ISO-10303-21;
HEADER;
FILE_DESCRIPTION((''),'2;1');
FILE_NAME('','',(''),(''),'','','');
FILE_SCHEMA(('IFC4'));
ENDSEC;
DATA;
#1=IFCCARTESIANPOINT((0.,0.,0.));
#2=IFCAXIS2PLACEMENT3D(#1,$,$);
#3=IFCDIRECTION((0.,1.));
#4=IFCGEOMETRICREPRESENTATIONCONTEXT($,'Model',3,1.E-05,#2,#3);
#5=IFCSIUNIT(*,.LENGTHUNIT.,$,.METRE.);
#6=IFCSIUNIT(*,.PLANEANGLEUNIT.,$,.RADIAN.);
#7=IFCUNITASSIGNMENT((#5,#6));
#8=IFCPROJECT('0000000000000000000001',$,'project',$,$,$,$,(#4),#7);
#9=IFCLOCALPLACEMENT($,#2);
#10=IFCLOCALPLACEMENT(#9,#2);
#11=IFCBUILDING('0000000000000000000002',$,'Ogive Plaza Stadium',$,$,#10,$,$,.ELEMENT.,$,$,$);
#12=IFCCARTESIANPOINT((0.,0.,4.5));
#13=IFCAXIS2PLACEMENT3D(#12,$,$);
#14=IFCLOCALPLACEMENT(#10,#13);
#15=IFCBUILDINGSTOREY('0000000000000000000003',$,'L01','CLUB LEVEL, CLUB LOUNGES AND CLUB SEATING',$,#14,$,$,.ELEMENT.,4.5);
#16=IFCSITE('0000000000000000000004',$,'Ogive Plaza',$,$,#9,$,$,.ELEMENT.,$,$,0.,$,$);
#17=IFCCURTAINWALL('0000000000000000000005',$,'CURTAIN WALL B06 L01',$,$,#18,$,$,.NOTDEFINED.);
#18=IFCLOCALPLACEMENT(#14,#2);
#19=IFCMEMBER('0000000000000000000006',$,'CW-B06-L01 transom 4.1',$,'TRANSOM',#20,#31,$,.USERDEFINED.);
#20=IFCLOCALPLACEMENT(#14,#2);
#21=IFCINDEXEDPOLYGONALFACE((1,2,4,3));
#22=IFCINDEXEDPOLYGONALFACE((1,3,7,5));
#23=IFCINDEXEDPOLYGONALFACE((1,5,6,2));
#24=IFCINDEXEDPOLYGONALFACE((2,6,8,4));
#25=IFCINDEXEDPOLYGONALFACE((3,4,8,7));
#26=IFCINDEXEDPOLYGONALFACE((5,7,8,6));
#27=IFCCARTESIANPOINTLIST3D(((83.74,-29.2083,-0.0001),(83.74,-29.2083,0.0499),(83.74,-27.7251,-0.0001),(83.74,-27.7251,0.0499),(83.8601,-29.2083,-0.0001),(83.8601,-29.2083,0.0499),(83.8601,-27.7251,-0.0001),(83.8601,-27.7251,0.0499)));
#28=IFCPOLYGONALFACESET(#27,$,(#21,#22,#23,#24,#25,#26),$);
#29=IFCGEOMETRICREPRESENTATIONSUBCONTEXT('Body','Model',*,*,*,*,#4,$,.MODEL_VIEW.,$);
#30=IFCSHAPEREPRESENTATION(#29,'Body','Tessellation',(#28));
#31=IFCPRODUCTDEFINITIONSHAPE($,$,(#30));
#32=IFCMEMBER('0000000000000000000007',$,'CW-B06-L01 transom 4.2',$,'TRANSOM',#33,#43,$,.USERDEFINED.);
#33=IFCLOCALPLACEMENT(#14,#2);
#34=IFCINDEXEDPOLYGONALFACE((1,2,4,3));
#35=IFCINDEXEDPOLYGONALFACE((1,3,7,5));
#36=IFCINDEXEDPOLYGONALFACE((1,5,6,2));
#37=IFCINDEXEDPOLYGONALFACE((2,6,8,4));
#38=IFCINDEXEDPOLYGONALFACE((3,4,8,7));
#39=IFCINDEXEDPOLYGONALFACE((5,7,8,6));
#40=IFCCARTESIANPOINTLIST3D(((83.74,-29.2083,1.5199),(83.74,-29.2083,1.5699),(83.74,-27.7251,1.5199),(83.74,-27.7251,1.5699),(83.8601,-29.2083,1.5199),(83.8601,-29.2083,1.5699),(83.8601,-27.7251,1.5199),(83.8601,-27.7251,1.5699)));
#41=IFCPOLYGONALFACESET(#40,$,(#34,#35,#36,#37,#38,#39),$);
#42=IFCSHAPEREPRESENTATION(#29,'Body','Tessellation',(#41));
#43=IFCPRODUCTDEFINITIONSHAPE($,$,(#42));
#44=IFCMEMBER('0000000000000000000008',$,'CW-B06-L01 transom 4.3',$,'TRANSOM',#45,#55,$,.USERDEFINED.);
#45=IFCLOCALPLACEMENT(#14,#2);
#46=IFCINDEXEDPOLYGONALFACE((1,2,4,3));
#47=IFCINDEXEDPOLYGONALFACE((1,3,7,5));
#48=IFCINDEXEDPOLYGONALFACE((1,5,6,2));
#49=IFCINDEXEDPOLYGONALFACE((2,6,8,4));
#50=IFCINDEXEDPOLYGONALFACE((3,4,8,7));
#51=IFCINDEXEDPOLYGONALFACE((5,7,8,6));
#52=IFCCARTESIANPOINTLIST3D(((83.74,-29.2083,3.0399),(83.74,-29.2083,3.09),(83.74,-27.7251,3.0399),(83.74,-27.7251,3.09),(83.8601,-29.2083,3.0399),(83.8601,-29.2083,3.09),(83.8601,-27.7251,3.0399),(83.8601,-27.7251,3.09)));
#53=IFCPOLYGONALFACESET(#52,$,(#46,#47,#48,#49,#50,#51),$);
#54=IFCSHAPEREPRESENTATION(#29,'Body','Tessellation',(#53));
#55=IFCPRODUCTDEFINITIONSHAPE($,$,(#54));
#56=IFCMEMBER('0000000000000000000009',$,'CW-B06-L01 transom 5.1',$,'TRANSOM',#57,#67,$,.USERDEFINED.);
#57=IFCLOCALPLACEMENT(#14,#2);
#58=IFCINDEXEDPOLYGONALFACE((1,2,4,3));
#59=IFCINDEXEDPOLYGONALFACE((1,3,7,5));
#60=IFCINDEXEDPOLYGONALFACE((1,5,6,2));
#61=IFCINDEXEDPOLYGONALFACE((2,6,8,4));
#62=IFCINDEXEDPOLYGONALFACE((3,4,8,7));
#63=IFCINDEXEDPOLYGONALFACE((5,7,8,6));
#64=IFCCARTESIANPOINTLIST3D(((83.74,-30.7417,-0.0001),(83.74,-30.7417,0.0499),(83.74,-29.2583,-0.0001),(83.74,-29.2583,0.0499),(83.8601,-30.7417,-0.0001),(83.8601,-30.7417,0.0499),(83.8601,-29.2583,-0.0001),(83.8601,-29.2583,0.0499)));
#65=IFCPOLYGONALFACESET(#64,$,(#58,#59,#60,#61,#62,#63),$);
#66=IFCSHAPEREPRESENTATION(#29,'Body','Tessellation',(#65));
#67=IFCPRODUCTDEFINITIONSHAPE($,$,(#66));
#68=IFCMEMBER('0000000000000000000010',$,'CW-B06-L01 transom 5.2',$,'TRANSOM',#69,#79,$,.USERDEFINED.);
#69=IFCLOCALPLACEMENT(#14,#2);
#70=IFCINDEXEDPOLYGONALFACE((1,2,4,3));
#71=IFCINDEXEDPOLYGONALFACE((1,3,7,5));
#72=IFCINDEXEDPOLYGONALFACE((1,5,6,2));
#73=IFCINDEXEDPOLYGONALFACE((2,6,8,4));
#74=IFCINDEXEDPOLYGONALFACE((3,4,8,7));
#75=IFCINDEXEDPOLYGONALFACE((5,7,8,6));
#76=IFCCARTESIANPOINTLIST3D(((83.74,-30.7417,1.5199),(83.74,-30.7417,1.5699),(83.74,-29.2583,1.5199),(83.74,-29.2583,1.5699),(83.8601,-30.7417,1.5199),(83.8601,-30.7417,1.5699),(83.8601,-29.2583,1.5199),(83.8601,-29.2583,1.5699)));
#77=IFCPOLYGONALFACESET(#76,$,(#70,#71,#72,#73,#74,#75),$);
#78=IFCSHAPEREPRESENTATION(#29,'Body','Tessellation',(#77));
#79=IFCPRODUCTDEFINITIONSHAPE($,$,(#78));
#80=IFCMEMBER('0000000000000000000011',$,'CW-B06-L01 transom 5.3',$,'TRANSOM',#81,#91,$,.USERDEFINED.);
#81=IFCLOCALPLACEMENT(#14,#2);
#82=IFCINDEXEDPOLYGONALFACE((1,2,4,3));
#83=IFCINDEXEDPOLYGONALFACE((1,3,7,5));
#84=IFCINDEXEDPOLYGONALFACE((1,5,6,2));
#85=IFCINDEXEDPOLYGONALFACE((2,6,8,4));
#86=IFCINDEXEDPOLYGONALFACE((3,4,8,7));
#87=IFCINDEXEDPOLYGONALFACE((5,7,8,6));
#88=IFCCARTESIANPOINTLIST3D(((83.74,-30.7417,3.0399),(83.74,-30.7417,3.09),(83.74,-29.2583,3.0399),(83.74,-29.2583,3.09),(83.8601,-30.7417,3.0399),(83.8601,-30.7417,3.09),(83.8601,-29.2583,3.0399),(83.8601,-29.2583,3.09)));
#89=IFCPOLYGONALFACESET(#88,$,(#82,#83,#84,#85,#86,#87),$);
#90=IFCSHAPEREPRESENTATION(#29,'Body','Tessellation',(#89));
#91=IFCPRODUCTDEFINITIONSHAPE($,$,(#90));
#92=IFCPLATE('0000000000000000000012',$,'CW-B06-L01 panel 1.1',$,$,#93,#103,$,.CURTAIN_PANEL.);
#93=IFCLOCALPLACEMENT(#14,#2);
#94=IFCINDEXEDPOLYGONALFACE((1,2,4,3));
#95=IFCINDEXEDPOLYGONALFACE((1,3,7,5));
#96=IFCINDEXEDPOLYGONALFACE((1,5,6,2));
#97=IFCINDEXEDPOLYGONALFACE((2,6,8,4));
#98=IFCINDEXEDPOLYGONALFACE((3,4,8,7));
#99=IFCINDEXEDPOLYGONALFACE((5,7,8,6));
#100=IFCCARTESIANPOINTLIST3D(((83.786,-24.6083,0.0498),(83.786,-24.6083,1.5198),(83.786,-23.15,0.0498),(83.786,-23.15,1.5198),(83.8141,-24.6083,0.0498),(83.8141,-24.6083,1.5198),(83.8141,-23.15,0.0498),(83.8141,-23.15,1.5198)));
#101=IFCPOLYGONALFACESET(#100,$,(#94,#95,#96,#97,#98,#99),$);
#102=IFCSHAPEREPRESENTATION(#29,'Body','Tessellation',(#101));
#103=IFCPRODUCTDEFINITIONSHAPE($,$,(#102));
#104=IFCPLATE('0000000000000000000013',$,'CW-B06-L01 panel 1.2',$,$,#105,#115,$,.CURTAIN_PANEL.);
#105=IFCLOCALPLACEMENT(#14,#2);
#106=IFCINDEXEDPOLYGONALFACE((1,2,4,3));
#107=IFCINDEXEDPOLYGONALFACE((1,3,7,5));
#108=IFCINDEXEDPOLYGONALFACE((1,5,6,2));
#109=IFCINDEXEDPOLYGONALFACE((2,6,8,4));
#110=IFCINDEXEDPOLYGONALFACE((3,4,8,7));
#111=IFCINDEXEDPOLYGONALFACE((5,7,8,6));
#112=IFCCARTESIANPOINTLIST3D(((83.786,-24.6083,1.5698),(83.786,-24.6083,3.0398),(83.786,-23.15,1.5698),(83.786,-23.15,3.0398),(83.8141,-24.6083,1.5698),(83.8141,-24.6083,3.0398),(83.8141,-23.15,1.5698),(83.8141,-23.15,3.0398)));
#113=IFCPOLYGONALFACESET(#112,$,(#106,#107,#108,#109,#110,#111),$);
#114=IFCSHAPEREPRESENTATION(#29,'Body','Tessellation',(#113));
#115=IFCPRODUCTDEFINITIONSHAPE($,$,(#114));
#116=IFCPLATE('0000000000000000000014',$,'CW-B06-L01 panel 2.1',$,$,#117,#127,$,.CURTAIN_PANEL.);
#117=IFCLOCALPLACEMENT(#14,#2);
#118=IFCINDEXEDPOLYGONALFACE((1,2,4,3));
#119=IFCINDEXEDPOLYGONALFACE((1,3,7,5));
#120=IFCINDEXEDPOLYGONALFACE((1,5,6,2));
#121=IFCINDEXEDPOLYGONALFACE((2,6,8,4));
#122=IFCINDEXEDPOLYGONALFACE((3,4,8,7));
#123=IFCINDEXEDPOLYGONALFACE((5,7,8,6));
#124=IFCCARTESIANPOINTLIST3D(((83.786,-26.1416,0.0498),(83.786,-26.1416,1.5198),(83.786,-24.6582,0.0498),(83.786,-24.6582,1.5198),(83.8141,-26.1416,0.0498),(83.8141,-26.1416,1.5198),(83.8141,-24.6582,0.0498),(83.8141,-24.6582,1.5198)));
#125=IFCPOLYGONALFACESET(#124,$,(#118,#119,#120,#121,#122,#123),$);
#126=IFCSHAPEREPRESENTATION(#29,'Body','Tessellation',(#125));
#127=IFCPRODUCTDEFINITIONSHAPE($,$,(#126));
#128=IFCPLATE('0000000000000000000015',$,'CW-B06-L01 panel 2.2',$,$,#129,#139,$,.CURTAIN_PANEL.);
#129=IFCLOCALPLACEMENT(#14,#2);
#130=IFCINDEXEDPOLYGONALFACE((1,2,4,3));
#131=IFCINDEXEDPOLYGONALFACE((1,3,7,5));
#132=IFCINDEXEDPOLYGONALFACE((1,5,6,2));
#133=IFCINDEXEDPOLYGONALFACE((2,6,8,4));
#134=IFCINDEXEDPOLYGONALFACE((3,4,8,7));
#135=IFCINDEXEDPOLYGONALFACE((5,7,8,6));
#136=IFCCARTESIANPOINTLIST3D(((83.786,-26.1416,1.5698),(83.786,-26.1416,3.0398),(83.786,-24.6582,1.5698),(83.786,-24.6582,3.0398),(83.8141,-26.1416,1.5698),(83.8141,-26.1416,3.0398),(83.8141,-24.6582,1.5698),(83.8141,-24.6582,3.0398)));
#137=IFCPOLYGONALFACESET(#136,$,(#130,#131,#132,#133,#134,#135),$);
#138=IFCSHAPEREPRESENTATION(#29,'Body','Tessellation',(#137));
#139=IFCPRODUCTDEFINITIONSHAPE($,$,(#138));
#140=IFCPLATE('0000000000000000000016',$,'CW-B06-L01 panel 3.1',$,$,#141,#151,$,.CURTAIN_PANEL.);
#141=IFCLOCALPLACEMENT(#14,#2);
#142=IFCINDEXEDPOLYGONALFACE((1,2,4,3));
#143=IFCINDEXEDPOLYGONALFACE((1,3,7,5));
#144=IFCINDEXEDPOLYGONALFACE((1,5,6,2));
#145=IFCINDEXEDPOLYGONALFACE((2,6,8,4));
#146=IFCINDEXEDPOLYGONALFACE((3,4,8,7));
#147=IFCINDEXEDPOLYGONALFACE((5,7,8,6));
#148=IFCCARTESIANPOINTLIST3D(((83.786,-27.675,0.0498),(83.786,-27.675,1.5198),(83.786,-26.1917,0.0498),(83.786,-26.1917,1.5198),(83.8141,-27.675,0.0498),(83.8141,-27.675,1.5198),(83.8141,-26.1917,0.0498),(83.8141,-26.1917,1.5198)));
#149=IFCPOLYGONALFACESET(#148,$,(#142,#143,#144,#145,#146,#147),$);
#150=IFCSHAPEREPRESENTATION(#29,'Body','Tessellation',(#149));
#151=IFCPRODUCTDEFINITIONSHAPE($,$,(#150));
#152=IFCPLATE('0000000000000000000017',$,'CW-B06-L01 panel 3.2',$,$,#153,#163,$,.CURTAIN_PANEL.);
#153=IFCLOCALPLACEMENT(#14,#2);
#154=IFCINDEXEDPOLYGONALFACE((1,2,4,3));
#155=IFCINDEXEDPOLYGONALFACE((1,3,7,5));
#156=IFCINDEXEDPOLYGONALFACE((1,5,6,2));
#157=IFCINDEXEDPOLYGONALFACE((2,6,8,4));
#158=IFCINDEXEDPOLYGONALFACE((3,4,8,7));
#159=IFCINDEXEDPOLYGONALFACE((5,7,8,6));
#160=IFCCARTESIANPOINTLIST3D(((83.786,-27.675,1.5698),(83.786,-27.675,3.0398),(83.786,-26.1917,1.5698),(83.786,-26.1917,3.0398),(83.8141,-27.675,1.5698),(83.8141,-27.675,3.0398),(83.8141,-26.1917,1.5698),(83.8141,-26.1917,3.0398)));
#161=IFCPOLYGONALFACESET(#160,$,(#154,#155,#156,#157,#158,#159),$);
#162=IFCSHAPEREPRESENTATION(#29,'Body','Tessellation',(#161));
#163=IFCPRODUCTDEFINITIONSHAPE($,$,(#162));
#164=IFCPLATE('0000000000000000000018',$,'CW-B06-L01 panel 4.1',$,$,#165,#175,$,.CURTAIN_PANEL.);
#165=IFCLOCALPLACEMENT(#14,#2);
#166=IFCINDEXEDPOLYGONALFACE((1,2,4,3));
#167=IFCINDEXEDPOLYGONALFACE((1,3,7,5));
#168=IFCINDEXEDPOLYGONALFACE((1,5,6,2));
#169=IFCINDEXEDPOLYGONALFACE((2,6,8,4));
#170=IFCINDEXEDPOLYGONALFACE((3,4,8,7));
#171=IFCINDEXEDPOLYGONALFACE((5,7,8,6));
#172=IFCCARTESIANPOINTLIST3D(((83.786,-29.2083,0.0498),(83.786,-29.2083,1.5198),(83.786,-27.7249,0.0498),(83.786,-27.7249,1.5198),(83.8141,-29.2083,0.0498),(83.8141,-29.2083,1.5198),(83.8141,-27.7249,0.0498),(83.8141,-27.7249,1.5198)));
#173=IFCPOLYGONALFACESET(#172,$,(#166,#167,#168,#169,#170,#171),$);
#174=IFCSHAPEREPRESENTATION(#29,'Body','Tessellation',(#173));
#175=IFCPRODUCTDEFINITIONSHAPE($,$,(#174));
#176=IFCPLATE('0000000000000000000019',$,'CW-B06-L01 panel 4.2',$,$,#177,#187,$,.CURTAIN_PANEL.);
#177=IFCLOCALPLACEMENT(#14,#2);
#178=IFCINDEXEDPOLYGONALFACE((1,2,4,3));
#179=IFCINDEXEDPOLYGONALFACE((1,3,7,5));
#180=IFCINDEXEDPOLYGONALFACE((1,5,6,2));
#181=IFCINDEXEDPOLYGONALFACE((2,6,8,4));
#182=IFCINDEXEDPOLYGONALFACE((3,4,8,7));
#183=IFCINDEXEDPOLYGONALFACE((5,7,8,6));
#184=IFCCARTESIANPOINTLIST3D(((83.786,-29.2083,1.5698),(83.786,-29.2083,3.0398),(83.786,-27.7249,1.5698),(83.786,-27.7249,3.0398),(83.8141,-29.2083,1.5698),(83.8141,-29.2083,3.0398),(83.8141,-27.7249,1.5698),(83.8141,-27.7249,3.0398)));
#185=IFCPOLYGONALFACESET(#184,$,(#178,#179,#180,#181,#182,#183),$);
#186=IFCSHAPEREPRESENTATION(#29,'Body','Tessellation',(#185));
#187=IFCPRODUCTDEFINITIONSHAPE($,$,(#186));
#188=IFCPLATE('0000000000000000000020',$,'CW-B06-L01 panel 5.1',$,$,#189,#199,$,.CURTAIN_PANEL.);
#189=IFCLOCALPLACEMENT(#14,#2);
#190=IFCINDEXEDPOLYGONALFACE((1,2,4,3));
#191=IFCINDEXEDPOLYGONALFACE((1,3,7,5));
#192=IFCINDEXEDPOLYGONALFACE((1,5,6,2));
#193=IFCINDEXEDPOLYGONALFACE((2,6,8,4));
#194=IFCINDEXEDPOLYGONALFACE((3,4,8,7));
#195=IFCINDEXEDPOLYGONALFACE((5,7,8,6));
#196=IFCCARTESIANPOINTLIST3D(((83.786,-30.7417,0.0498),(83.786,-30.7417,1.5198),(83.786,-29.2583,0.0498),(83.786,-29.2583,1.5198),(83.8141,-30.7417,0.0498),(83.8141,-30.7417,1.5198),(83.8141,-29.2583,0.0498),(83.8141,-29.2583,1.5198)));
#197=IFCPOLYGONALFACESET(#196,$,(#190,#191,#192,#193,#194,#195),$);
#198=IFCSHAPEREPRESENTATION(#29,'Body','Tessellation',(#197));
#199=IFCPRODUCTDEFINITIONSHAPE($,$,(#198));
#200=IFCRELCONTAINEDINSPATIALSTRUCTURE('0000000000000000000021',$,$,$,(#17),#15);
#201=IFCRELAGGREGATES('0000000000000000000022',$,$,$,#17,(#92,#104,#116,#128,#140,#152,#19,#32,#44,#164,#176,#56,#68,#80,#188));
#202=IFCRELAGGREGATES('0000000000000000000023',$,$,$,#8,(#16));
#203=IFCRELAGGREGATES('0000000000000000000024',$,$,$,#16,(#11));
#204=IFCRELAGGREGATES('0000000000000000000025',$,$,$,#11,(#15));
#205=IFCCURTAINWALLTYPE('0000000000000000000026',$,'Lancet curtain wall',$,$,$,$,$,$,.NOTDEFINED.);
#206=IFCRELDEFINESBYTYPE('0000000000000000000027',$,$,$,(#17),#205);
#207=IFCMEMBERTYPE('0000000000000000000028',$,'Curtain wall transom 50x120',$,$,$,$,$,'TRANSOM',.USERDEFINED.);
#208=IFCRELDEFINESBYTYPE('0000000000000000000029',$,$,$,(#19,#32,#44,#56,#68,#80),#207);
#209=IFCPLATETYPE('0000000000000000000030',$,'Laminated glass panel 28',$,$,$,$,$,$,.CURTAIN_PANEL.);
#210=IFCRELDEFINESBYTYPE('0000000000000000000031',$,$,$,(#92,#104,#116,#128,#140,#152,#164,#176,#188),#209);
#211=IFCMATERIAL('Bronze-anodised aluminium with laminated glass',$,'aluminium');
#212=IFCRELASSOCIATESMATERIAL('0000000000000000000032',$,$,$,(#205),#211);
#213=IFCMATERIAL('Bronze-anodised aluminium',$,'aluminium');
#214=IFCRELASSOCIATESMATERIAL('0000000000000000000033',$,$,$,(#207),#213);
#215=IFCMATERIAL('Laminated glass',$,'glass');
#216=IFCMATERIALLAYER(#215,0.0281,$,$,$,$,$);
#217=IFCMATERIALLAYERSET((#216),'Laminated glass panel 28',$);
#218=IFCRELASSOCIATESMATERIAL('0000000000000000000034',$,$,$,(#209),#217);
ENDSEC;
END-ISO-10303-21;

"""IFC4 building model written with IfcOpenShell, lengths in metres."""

from ifc_helpers import new_model, si_unit, direction, frame, origin, origin_2d, place, context, subcontext, project, spatial, rectangle, extrude, material, layer, layer_set, material_profile, profile_set, type_object, element, aggregate, save


model = new_model("IFC4")

# Units and contexts
model_context = context("Model", 3, precision=1e-05, world=origin(), true_north=direction((0.0, 1.0)))
body_context = subcontext(model_context, "Body", "Model", "MODEL_VIEW")
ifc_project = project(units=[si_unit("LENGTHUNIT", "METRE"), si_unit("PLANEANGLEUNIT", "RADIAN")], contexts=[model_context])

# Site, building, storey
site_placement = place(None, origin())
site = spatial("IfcSite", under=ifc_project, at=site_placement, Name="Ogive Plaza", CompositionType="ELEMENT", RefElevation=0.0)
building_placement = place(site_placement, origin())
building = spatial("IfcBuilding", under=site, at=building_placement, Name="Ogive Plaza Stadium", CompositionType="ELEMENT")
storey_placement = place(building_placement, frame((0.0, 0.0, 4.5)))
storey = spatial("IfcBuildingStorey", under=building, at=storey_placement, Name="L01", Description="CLUB LEVEL, CLUB LOUNGES AND CLUB SEATING", CompositionType="ELEMENT", Elevation=4.5)

# Shared definitions
ifc_material_1 = material(Name="Bronze-anodised aluminium with laminated glass", Category="aluminium")
curtain_wall_type = type_object("IfcCurtainWallType", Name="Lancet curtain wall", PredefinedType="NOTDEFINED", material=ifc_material_1)

# Curtain wall, members, plates
curtain_wall_1_placement = place(storey_placement, origin())
curtain_wall_1 = element("IfcCurtainWall", 1, at=curtain_wall_1_placement, inside=storey, type_object=curtain_wall_type, Name="CURTAIN WALL B06 L01", PredefinedType="NOTDEFINED")
ifc_material_2 = material(Name="Bronze-anodised aluminium", Category="aluminium")
ifc_material_profile_1 = material_profile(ifc_material_2, rectangle(XDim=0.1201, YDim=0.05, at=origin_2d()), Name="AL 120x50")
ifc_profile_set_1 = profile_set([ifc_material_profile_1], Name="Bronze-anodised aluminium")
member_type_1 = type_object("IfcMemberType", Name="Curtain wall transom 50x120", ElementType="TRANSOM", PredefinedType="USERDEFINED", material=ifc_profile_set_1)
member_1_placement = place(storey_placement, frame((83.8, -27.7251, 0.0249), z_axis=(0.0, -1.0, 0.0), x_axis=(1.0, 0.0, 0.0)))
member_1 = element("IfcMember", 2, at=member_1_placement, type_object=member_type_1, Name="CW-B06-L01 transom 4.1", ObjectType="TRANSOM", PredefinedType="USERDEFINED", context=body_context, shape_type="SweptSolid", body=[
    extrude(rectangle(XDim=0.1201, YDim=0.05, at=origin_2d()), origin(), (0.0, 0.0, 1.0), 1.4832),
])
member_2_placement = place(storey_placement, frame((83.8, -27.7251, 1.5449), z_axis=(0.0, -1.0, 0.0), x_axis=(1.0, 0.0, 0.0)))
member_2 = element("IfcMember", 3, at=member_2_placement, type_object=member_type_1, Name="CW-B06-L01 transom 4.2", ObjectType="TRANSOM", PredefinedType="USERDEFINED", context=body_context, shape_type="SweptSolid", body=[
    extrude(rectangle(XDim=0.1201, YDim=0.05, at=origin_2d()), origin(), (0.0, 0.0, 1.0), 1.4832),
])
member_3_placement = place(storey_placement, frame((83.8, -27.7251, 3.0649), z_axis=(0.0, -1.0, 0.0), x_axis=(1.0, 0.0, 0.0)))
member_3 = element("IfcMember", 4, at=member_3_placement, type_object=member_type_1, Name="CW-B06-L01 transom 4.3", ObjectType="TRANSOM", PredefinedType="USERDEFINED", context=body_context, shape_type="SweptSolid", body=[
    extrude(rectangle(XDim=0.1201, YDim=0.05, at=origin_2d()), origin(), (0.0, 0.0, 1.0), 1.4832),
])
member_4_placement = place(storey_placement, frame((83.8, -29.2583, 0.0249), z_axis=(0.0, -1.0, 0.0), x_axis=(1.0, 0.0, 0.0)))
member_4 = element("IfcMember", 5, at=member_4_placement, type_object=member_type_1, Name="CW-B06-L01 transom 5.1", ObjectType="TRANSOM", PredefinedType="USERDEFINED", context=body_context, shape_type="SweptSolid", body=[
    extrude(rectangle(XDim=0.1201, YDim=0.05, at=origin_2d()), origin(), (0.0, 0.0, 1.0), 1.4834),
])
member_5_placement = place(storey_placement, frame((83.8, -29.2583, 1.5449), z_axis=(0.0, -1.0, 0.0), x_axis=(1.0, 0.0, 0.0)))
member_5 = element("IfcMember", 6, at=member_5_placement, type_object=member_type_1, Name="CW-B06-L01 transom 5.2", ObjectType="TRANSOM", PredefinedType="USERDEFINED", context=body_context, shape_type="SweptSolid", body=[
    extrude(rectangle(XDim=0.1201, YDim=0.05, at=origin_2d()), origin(), (0.0, 0.0, 1.0), 1.4834),
])
member_6_placement = place(storey_placement, frame((83.8, -29.2583, 3.0649), z_axis=(0.0, -1.0, 0.0), x_axis=(1.0, 0.0, 0.0)))
member_6 = element("IfcMember", 7, at=member_6_placement, type_object=member_type_1, Name="CW-B06-L01 transom 5.3", ObjectType="TRANSOM", PredefinedType="USERDEFINED", context=body_context, shape_type="SweptSolid", body=[
    extrude(rectangle(XDim=0.1201, YDim=0.05, at=origin_2d()), origin(), (0.0, 0.0, 1.0), 1.4834),
])
ifc_material_3 = material(Name="Laminated glass", Category="glass")
ifc_layer = layer(ifc_material_3, 0.0281)
ifc_layer_set = layer_set([ifc_layer], Name="Laminated glass panel 28")
plate_type = type_object("IfcPlateType", Name="Laminated glass panel 28", PredefinedType="CURTAIN_PANEL", material=ifc_layer_set)
plate_1_placement = place(storey_placement, frame((83.8, -23.8792, 0.0498), z_axis=(0.0, 0.0, 1.0), x_axis=(0.0, -1.0, 0.0)))
plate_1 = element("IfcPlate", 8, at=plate_1_placement, type_object=plate_type, Name="CW-B06-L01 panel 1.1", PredefinedType="CURTAIN_PANEL", context=body_context, shape_type="SweptSolid", body=[
    extrude(rectangle(XDim=1.4583, YDim=0.0281, at=origin_2d()), origin(), (0.0, 0.0, 1.0), 1.47),
])
plate_2_placement = place(storey_placement, frame((83.8, -23.8792, 1.5698), z_axis=(0.0, 0.0, 1.0), x_axis=(0.0, -1.0, 0.0)))
plate_2 = element("IfcPlate", 9, at=plate_2_placement, type_object=plate_type, Name="CW-B06-L01 panel 1.2", PredefinedType="CURTAIN_PANEL", context=body_context, shape_type="SweptSolid", body=[
    extrude(rectangle(XDim=1.4583, YDim=0.0281, at=origin_2d()), origin(), (0.0, 0.0, 1.0), 1.47),
])
plate_3_placement = place(storey_placement, frame((83.8, -25.3999, 0.0498), z_axis=(0.0, 0.0, 1.0), x_axis=(0.0, -1.0, 0.0)))
plate_3 = element("IfcPlate", 10, at=plate_3_placement, type_object=plate_type, Name="CW-B06-L01 panel 2.1", PredefinedType="CURTAIN_PANEL", context=body_context, shape_type="SweptSolid", body=[
    extrude(rectangle(XDim=1.4834, YDim=0.0281, at=origin_2d()), origin(), (0.0, 0.0, 1.0), 1.47),
])
plate_4_placement = place(storey_placement, frame((83.8, -25.3999, 1.5698), z_axis=(0.0, 0.0, 1.0), x_axis=(0.0, -1.0, 0.0)))
plate_4 = element("IfcPlate", 11, at=plate_4_placement, type_object=plate_type, Name="CW-B06-L01 panel 2.2", PredefinedType="CURTAIN_PANEL", context=body_context, shape_type="SweptSolid", body=[
    extrude(rectangle(XDim=1.4834, YDim=0.0281, at=origin_2d()), origin(), (0.0, 0.0, 1.0), 1.47),
])
plate_5_placement = place(storey_placement, frame((83.8, -26.9333, 0.0498), z_axis=(0.0, 0.0, 1.0), x_axis=(0.0, -1.0, 0.0)))
plate_5 = element("IfcPlate", 12, at=plate_5_placement, type_object=plate_type, Name="CW-B06-L01 panel 3.1", PredefinedType="CURTAIN_PANEL", context=body_context, shape_type="SweptSolid", body=[
    extrude(rectangle(XDim=1.4834, YDim=0.0281, at=origin_2d()), origin(), (0.0, 0.0, 1.0), 1.47),
])
plate_6_placement = place(storey_placement, frame((83.8, -26.9333, 1.5698), z_axis=(0.0, 0.0, 1.0), x_axis=(0.0, -1.0, 0.0)))
plate_6 = element("IfcPlate", 13, at=plate_6_placement, type_object=plate_type, Name="CW-B06-L01 panel 3.2", PredefinedType="CURTAIN_PANEL", context=body_context, shape_type="SweptSolid", body=[
    extrude(rectangle(XDim=1.4834, YDim=0.0281, at=origin_2d()), origin(), (0.0, 0.0, 1.0), 1.47),
])
plate_7_placement = place(storey_placement, frame((83.8, -28.4666, 0.0498), z_axis=(0.0, 0.0, 1.0), x_axis=(0.0, -1.0, 0.0)))
plate_7 = element("IfcPlate", 14, at=plate_7_placement, type_object=plate_type, Name="CW-B06-L01 panel 4.1", PredefinedType="CURTAIN_PANEL", context=body_context, shape_type="SweptSolid", body=[
    extrude(rectangle(XDim=1.4834, YDim=0.0281, at=origin_2d()), origin(), (0.0, 0.0, 1.0), 1.47),
])
plate_8_placement = place(storey_placement, frame((83.8, -28.4666, 1.5698), z_axis=(0.0, 0.0, 1.0), x_axis=(0.0, -1.0, 0.0)))
plate_8 = element("IfcPlate", 15, at=plate_8_placement, type_object=plate_type, Name="CW-B06-L01 panel 4.2", PredefinedType="CURTAIN_PANEL", context=body_context, shape_type="SweptSolid", body=[
    extrude(rectangle(XDim=1.4834, YDim=0.0281, at=origin_2d()), origin(), (0.0, 0.0, 1.0), 1.47),
])
plate_9_placement = place(storey_placement, frame((83.8, -30.0, 0.0498), z_axis=(0.0, 0.0, 1.0), x_axis=(0.0, -1.0, 0.0)))
plate_9 = element("IfcPlate", 16, at=plate_9_placement, type_object=plate_type, Name="CW-B06-L01 panel 5.1", PredefinedType="CURTAIN_PANEL", context=body_context, shape_type="SweptSolid", body=[
    extrude(rectangle(XDim=1.4834, YDim=0.0281, at=origin_2d()), origin(), (0.0, 0.0, 1.0), 1.47),
])
aggregate(curtain_wall_1, [plate_1, plate_2, plate_3, plate_4, plate_5, plate_6, member_1, member_2, member_3, plate_7, plate_8, member_4, member_5, member_6, plate_9])

save(model, "model.ifc")
